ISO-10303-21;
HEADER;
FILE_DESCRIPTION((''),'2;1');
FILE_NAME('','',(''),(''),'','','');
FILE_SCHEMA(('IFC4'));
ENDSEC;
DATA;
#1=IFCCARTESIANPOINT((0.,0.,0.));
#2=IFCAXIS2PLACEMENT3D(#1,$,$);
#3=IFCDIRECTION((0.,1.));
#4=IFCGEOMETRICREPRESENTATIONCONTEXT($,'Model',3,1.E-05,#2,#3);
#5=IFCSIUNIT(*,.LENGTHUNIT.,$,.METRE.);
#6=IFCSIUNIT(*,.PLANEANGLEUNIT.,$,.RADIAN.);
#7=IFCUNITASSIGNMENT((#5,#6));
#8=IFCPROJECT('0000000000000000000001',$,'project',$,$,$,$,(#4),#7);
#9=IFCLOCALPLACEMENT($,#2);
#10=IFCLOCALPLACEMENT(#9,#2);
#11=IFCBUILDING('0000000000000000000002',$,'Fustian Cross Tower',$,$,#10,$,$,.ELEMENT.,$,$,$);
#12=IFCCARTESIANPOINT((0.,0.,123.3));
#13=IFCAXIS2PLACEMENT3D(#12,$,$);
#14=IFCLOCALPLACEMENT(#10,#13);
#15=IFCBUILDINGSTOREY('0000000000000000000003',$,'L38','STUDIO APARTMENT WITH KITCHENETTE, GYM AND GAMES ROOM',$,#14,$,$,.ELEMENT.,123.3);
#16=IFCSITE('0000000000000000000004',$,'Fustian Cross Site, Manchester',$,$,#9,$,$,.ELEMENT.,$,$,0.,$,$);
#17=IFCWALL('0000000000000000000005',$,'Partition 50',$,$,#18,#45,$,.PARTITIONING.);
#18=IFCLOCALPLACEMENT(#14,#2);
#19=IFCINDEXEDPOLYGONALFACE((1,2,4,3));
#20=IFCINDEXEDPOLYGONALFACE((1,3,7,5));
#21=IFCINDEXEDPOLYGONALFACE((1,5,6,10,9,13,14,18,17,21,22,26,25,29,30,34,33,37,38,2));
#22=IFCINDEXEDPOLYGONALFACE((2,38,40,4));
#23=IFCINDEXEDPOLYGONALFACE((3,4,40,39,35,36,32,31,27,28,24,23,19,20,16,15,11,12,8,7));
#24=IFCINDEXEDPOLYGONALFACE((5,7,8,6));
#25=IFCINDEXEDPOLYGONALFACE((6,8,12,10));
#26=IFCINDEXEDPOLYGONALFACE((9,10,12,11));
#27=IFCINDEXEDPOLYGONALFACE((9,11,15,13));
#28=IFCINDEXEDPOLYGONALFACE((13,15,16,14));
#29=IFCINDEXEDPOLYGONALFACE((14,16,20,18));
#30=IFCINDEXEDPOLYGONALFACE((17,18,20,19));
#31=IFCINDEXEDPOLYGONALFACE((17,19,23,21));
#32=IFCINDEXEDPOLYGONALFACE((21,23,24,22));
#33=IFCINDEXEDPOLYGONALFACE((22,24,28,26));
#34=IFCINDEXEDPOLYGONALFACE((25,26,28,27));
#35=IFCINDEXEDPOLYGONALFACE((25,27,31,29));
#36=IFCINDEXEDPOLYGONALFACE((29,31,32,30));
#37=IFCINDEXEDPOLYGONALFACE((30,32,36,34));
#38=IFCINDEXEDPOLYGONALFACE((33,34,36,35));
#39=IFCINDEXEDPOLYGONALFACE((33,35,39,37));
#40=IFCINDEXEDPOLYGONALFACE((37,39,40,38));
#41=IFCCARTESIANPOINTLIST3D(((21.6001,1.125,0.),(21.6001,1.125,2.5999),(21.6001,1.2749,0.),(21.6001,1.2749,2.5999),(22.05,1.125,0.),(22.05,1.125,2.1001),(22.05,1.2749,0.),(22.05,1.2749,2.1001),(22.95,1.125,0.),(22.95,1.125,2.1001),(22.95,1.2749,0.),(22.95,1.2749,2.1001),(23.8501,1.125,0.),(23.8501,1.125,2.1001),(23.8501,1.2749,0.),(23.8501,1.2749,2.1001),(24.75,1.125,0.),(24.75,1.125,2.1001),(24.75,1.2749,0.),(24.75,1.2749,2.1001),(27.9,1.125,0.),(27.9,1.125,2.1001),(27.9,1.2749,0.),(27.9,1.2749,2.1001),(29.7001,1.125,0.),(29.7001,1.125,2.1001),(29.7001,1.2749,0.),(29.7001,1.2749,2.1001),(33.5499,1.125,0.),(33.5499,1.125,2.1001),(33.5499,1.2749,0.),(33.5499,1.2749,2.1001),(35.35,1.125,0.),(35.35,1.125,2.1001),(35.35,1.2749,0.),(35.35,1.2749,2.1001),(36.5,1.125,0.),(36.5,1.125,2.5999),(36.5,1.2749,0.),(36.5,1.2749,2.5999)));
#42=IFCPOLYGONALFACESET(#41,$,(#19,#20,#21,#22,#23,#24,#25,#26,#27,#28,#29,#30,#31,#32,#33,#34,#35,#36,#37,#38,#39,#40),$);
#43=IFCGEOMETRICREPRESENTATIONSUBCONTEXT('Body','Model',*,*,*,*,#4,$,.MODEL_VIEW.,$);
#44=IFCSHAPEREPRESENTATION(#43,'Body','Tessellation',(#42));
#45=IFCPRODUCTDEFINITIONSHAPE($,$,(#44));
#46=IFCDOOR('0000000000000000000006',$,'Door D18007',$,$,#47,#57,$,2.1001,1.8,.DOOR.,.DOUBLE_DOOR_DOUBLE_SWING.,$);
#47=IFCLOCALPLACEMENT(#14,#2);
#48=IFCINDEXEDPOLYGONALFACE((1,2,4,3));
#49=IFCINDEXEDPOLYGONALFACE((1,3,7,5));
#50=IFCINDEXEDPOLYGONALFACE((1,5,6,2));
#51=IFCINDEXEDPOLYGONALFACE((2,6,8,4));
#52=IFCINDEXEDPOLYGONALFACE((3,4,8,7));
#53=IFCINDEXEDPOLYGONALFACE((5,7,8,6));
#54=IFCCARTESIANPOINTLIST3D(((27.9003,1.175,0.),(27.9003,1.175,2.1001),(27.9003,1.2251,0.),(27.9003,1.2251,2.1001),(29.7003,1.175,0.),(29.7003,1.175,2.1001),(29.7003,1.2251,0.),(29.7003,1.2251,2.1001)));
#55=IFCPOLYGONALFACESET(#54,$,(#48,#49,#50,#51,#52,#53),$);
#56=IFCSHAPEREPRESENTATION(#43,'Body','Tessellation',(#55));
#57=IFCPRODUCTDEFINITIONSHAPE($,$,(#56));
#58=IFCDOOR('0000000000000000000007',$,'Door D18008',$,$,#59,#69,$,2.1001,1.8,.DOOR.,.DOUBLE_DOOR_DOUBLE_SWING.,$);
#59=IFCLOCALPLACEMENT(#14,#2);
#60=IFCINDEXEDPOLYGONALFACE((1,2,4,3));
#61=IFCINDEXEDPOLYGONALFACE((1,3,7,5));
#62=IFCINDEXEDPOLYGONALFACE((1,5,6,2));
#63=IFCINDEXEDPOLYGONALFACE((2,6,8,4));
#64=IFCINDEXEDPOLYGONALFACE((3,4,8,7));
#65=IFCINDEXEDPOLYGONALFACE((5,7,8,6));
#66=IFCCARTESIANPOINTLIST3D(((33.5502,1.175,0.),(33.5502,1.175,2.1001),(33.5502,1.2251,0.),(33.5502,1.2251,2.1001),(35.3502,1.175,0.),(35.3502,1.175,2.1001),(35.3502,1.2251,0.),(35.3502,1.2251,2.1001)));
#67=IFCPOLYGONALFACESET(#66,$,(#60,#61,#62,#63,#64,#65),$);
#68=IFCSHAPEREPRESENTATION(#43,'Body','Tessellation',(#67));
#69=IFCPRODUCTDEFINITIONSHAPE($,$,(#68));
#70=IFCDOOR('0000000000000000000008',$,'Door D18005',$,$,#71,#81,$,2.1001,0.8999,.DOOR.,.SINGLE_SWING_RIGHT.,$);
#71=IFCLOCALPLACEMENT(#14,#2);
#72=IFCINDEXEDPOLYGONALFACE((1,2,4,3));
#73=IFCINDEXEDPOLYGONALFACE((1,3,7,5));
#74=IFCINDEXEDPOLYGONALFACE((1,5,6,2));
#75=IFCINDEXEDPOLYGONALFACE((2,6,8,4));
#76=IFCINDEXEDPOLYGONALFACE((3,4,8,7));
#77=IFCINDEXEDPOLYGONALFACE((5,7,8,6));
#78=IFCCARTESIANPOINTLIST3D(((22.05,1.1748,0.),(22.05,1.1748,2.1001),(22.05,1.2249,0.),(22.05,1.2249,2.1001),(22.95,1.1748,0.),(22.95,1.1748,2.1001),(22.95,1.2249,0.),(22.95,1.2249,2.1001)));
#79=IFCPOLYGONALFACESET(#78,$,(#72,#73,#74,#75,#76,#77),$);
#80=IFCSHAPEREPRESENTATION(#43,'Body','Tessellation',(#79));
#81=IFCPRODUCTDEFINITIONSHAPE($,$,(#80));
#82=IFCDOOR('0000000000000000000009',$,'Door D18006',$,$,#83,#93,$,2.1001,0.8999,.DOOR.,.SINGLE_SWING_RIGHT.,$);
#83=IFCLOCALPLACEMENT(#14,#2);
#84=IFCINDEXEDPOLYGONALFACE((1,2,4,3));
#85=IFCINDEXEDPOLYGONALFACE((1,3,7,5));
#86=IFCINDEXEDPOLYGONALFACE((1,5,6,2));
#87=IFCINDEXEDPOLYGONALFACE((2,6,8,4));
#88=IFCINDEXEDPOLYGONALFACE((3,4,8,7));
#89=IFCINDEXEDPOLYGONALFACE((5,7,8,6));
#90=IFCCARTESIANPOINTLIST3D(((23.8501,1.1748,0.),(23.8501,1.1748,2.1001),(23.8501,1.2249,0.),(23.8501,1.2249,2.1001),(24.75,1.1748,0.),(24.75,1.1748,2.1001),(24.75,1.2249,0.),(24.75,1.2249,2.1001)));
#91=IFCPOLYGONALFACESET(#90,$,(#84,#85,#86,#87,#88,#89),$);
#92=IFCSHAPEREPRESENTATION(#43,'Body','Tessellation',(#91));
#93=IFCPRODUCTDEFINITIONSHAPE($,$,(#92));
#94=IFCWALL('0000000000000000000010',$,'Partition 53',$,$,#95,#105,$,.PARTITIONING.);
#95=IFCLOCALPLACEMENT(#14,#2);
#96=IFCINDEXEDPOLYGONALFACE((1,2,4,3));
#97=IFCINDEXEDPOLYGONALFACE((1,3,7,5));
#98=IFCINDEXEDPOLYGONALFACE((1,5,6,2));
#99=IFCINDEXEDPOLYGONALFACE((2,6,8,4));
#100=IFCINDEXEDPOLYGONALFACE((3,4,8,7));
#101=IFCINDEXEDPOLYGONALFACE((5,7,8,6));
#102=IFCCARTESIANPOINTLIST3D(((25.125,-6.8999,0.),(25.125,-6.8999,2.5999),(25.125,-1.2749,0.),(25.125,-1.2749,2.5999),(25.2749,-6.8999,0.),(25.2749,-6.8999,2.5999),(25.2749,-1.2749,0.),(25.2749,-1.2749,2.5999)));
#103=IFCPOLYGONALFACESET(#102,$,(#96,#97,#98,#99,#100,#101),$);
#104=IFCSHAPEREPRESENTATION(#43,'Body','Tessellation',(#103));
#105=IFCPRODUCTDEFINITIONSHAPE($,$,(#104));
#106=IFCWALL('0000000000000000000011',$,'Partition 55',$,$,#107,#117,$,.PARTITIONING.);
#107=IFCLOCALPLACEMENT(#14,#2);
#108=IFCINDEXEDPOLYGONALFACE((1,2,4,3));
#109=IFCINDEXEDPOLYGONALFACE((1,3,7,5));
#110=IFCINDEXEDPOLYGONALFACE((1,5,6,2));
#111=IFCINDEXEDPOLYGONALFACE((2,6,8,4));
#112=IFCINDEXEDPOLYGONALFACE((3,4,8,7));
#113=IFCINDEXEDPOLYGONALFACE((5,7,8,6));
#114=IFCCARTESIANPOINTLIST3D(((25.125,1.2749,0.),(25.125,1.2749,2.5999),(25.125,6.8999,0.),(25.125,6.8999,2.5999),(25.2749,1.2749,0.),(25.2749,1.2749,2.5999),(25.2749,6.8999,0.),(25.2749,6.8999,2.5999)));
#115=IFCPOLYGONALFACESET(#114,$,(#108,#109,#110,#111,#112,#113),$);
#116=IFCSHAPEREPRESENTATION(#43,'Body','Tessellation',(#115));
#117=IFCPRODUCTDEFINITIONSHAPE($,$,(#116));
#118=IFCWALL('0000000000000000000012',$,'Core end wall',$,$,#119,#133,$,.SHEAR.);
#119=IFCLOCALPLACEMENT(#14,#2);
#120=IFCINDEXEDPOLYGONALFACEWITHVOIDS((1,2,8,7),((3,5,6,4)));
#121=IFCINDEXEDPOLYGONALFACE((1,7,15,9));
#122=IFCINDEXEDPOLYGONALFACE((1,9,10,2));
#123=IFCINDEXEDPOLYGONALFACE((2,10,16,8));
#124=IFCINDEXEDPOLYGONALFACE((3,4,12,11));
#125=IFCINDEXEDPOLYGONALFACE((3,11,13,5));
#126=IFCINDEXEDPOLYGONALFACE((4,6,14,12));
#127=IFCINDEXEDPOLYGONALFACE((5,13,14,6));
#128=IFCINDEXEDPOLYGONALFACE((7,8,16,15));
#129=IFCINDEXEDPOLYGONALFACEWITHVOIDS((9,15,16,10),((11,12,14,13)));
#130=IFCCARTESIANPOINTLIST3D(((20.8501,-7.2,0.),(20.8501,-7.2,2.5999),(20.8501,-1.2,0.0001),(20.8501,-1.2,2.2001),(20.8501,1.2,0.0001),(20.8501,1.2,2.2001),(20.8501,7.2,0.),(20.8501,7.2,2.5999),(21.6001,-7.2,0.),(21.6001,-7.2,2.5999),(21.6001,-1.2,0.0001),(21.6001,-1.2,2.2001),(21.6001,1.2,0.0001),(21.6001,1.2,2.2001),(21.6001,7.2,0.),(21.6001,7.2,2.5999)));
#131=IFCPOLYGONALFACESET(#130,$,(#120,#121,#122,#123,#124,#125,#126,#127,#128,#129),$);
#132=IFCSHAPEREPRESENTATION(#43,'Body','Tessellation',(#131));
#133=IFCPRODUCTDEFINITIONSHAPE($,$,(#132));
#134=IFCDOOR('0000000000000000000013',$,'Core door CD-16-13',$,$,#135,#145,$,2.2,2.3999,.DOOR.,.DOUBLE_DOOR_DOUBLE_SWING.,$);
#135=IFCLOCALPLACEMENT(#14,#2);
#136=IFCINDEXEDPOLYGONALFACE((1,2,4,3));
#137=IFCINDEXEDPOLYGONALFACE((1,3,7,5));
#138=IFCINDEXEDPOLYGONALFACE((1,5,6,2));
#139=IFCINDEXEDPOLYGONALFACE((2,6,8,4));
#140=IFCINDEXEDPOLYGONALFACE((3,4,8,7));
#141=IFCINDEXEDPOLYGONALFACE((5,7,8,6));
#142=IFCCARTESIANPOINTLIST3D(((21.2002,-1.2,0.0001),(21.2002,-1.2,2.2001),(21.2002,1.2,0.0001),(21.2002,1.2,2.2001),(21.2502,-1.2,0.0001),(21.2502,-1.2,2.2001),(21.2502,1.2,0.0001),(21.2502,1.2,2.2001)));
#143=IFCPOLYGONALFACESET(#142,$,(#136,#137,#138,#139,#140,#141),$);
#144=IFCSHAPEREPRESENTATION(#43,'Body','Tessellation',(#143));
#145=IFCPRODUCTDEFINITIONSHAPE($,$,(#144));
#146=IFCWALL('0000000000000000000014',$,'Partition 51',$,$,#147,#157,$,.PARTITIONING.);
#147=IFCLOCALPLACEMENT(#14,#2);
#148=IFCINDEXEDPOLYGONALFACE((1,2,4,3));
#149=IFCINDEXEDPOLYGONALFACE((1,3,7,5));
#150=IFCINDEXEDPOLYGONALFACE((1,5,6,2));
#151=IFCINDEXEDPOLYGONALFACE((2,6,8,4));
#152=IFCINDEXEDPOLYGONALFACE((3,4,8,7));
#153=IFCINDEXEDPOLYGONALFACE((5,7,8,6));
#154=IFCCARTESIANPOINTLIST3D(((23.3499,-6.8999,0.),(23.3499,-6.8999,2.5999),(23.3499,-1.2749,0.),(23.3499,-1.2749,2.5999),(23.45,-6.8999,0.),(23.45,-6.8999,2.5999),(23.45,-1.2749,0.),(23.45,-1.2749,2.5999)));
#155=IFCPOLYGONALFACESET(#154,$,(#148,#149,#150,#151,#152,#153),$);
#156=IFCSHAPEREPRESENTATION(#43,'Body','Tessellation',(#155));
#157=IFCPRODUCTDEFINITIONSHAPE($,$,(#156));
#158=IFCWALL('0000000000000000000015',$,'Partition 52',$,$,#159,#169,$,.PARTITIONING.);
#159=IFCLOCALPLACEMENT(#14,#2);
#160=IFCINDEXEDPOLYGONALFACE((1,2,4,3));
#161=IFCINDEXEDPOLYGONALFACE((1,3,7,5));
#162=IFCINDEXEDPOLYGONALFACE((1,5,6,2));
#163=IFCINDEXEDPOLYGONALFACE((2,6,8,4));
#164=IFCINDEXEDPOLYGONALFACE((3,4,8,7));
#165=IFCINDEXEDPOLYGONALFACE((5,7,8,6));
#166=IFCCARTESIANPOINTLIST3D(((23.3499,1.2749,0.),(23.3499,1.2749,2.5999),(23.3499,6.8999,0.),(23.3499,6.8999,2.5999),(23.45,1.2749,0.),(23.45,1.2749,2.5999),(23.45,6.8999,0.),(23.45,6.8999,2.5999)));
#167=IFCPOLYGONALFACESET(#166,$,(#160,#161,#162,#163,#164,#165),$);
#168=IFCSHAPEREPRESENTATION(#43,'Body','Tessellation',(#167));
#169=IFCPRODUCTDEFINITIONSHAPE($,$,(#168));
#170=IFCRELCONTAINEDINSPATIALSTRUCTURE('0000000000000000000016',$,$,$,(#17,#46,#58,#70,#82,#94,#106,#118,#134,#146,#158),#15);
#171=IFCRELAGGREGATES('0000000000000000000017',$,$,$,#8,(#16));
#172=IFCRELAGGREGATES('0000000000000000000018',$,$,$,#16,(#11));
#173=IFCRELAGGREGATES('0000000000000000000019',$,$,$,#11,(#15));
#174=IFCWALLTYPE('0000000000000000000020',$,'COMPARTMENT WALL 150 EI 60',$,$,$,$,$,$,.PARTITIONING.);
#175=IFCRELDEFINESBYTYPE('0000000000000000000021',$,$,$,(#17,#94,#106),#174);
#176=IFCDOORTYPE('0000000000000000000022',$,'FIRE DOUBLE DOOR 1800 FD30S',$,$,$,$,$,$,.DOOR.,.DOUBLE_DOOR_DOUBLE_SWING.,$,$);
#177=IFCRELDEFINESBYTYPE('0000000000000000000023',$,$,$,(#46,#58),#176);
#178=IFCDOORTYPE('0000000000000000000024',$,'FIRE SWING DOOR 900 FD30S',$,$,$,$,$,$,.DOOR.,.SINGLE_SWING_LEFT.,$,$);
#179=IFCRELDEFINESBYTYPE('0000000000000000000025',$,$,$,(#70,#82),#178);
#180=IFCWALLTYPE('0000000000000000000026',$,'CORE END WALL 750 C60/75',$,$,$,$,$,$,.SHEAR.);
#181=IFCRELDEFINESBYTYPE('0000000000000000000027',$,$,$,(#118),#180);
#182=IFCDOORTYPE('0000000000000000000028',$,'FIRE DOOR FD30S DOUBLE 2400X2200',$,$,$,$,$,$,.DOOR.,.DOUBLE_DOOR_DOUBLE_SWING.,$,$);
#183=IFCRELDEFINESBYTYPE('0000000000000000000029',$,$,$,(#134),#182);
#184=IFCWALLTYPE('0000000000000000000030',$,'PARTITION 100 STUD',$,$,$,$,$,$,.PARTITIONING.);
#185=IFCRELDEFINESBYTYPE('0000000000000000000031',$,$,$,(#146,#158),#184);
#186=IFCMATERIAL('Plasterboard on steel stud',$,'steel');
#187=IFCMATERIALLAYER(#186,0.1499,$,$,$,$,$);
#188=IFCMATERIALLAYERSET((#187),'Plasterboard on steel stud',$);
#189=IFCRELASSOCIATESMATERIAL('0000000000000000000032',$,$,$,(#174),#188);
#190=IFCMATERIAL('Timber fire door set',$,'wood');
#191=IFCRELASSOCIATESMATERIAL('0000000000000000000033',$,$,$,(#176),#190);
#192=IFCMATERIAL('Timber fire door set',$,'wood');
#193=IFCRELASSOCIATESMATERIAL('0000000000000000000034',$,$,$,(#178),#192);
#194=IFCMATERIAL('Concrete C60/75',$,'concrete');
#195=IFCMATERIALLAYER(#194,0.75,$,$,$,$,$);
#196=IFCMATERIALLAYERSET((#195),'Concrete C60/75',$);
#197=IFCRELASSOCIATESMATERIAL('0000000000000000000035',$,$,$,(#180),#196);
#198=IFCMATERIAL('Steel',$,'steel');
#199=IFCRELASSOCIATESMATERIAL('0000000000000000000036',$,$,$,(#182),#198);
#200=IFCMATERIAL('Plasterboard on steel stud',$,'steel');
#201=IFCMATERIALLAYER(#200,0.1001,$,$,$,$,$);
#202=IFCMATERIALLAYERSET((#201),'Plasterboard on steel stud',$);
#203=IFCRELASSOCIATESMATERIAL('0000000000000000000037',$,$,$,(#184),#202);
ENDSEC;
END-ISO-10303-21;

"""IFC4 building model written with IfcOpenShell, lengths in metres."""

from ifc_helpers import new_model, si_unit, direction, frame, frame_2d, origin, place, context, subcontext, project, spatial, rectangle, extrude, material, layer, layer_set, type_object, element, fill, save


model = new_model("IFC4")

# Units and contexts
model_context = context("Model", 3, precision=1e-05, world=origin(), true_north=direction((0.0, 1.0)))
body_context = subcontext(model_context, "Body", "Model", "MODEL_VIEW")
ifc_project = project(units=[si_unit("LENGTHUNIT", "METRE"), si_unit("PLANEANGLEUNIT", "RADIAN")], contexts=[model_context])

# Site, building, storey
site_placement = place(None, origin())
site = spatial("IfcSite", under=ifc_project, at=site_placement, Name="Fustian Cross Site, Manchester", CompositionType="ELEMENT", RefElevation=0.0)
building_placement = place(site_placement, origin())
building = spatial("IfcBuilding", under=site, at=building_placement, Name="Fustian Cross Tower", CompositionType="ELEMENT")
storey_placement = place(building_placement, frame((0.0, 0.0, 123.3)))
storey = spatial("IfcBuildingStorey", under=building, at=storey_placement, Name="L38", Description="STUDIO APARTMENT WITH KITCHENETTE, GYM AND GAMES ROOM", CompositionType="ELEMENT", Elevation=123.3)

# Wall, openings, doors
ifc_material_1 = material(Name="Plasterboard on steel stud", Category="steel")
ifc_layer_1 = layer(ifc_material_1, 0.1499)
ifc_layer_set_1 = layer_set([ifc_layer_1], Name="Plasterboard on steel stud")
wall_type_1 = type_object("IfcWallType", Name="COMPARTMENT WALL 150 EI 60", PredefinedType="PARTITIONING", material=ifc_layer_set_1)
ifc_material_2 = material(Name="Timber fire door set", Category="wood")
door_type_1 = type_object("IfcDoorType", Name="FIRE DOUBLE DOOR 1800 FD30S", OperationType="DOUBLE_DOOR_DOUBLE_SWING", PredefinedType="DOOR", material=ifc_material_2)
ifc_material_3 = material(Name="Timber fire door set", Category="wood")
door_type_2 = type_object("IfcDoorType", Name="FIRE SWING DOOR 900 FD30S", OperationType="SINGLE_SWING_LEFT", PredefinedType="DOOR", material=ifc_material_3)
wall_1_placement = place(storey_placement, frame((21.6001, 1.2, 0.0), z_axis=(0.0, 0.0, 1.0), x_axis=(1.0, 0.0, 0.0)))
wall_1 = element("IfcWall", 1, at=wall_1_placement, inside=storey, type_object=wall_type_1, Name="Partition 50", PredefinedType="PARTITIONING", context=body_context, shape_type="SweptSolid", body=[
    extrude(rectangle(XDim=14.8999, YDim=0.1499, at=frame_2d((7.45, 0.0))), origin(), (0.0, 0.0, 1.0), 2.5999),
])
opening_1_placement = place(wall_1_placement, frame((0.45, 0.0, 0.0)))
opening_1 = element("IfcOpeningElement", 2, at=opening_1_placement, cuts=wall_1, PredefinedType="OPENING", context=body_context, shape_type="SweptSolid", body=[
    extrude(rectangle(XDim=0.8999, YDim=2.1001, at=frame_2d((0.45, 1.05))), frame((0.0, 0.085, 0.0), z_axis=(0.0, -1.0, 0.0), x_axis=(1.0, 0.0, 0.0)), (0.0, 0.0, 1.0), 0.1699),
])
opening_2_placement = place(wall_1_placement, frame((2.25, 0.0, 0.0)))
opening_2 = element("IfcOpeningElement", 3, at=opening_2_placement, cuts=wall_1, PredefinedType="OPENING", context=body_context, shape_type="SweptSolid", body=[
    extrude(rectangle(XDim=0.8999, YDim=2.1001, at=frame_2d((0.45, 1.05))), frame((0.0, 0.085, 0.0), z_axis=(0.0, -1.0, 0.0), x_axis=(1.0, 0.0, 0.0)), (0.0, 0.0, 1.0), 0.1699),
])
opening_3_placement = place(wall_1_placement, frame((6.3, 0.0, 0.0)))
opening_3 = element("IfcOpeningElement", 4, at=opening_3_placement, cuts=wall_1, PredefinedType="OPENING", context=body_context, shape_type="SweptSolid", body=[
    extrude(rectangle(XDim=1.8, YDim=2.1001, at=frame_2d((0.8999, 1.05))), frame((0.0, 0.085, 0.0), z_axis=(0.0, -1.0, 0.0), x_axis=(1.0, 0.0, 0.0)), (0.0, 0.0, 1.0), 0.1699),
])
opening_4_placement = place(wall_1_placement, frame((11.95, 0.0, 0.0)))
opening_4 = element("IfcOpeningElement", 5, at=opening_4_placement, cuts=wall_1, PredefinedType="OPENING", context=body_context, shape_type="SweptSolid", body=[
    extrude(rectangle(XDim=1.8, YDim=2.1001, at=frame_2d((0.8999, 1.05))), frame((0.0, 0.085, 0.0), z_axis=(0.0, -1.0, 0.0), x_axis=(1.0, 0.0, 0.0)), (0.0, 0.0, 1.0), 0.1699),
])
door_1_placement = place(opening_3_placement, frame((1.8, 0.0, 0.0), z_axis=(0.0, 0.0, 1.0), x_axis=(-1.0, 0.0, 0.0)))
door_1 = element("IfcDoor", 6, at=door_1_placement, inside=storey, type_object=door_type_1, Name="Door D18007", OperationType="DOUBLE_DOOR_DOUBLE_SWING", OverallHeight=2.1001, OverallWidth=1.8, PredefinedType="DOOR", context=body_context, shape_type="SweptSolid", body=[
    extrude(rectangle(XDim=1.8, YDim=2.1001, at=frame_2d((0.8999, 1.05))), frame((0.0, 0.0249, 0.0), z_axis=(0.0, -1.0, 0.0), x_axis=(1.0, 0.0, 0.0)), (0.0, 0.0, 1.0), 0.05),
])
fill(opening_3, door_1)
door_2_placement = place(opening_4_placement, frame((1.8, 0.0, 0.0), z_axis=(0.0, 0.0, 1.0), x_axis=(-1.0, 0.0, 0.0)))
door_2 = element("IfcDoor", 7, at=door_2_placement, inside=storey, type_object=door_type_1, Name="Door D18008", OperationType="DOUBLE_DOOR_DOUBLE_SWING", OverallHeight=2.1001, OverallWidth=1.8, PredefinedType="DOOR", context=body_context, shape_type="SweptSolid", body=[
    extrude(rectangle(XDim=1.8, YDim=2.1001, at=frame_2d((0.8999, 1.05))), frame((0.0, 0.0249, 0.0), z_axis=(0.0, -1.0, 0.0), x_axis=(1.0, 0.0, 0.0)), (0.0, 0.0, 1.0), 0.05),
])
fill(opening_4, door_2)
door_3_placement = place(opening_1_placement, origin())
door_3 = element("IfcDoor", 8, at=door_3_placement, inside=storey, type_object=door_type_2, Name="Door D18005", OperationType="SINGLE_SWING_RIGHT", OverallHeight=2.1001, OverallWidth=0.8999, PredefinedType="DOOR", context=body_context, shape_type="SweptSolid", body=[
    extrude(rectangle(XDim=0.8999, YDim=2.1001, at=frame_2d((0.45, 1.05))), frame((0.0, 0.0249, 0.0), z_axis=(0.0, -1.0, 0.0), x_axis=(1.0, 0.0, 0.0)), (0.0, 0.0, 1.0), 0.05),
])
fill(opening_1, door_3)
door_4_placement = place(opening_2_placement, origin())
door_4 = element("IfcDoor", 9, at=door_4_placement, inside=storey, type_object=door_type_2, Name="Door D18006", OperationType="SINGLE_SWING_RIGHT", OverallHeight=2.1001, OverallWidth=0.8999, PredefinedType="DOOR", context=body_context, shape_type="SweptSolid", body=[
    extrude(rectangle(XDim=0.8999, YDim=2.1001, at=frame_2d((0.45, 1.05))), frame((0.0, 0.0249, 0.0), z_axis=(0.0, -1.0, 0.0), x_axis=(1.0, 0.0, 0.0)), (0.0, 0.0, 1.0), 0.05),
])
fill(opening_2, door_4)

# Walls
for number, where, z_axis, x_axis, name in (
    (10, (25.2, -6.8999, 0.0), (0.0, 0.0, 1.0), (0.0, 1.0, 0.0), "Partition 53"),
    (11, (25.2, 1.2749, 0.0), (0.0, 0.0, 1.0), (0.0, 1.0, 0.0), "Partition 55"),
):
    element("IfcWall", number, at=place(storey_placement, frame(where, z_axis=z_axis, x_axis=x_axis)), inside=storey, type_object=wall_type_1, Name=name, PredefinedType="PARTITIONING", context=body_context, shape_type="SweptSolid", body=[
        extrude(rectangle(XDim=5.625, YDim=0.1499, at=frame_2d((2.8125, 0.0))), origin(), (0.0, 0.0, 1.0), 2.5999),
    ])

# Wall, opening, door
ifc_material_4 = material(Name="Concrete C60/75", Category="concrete")
ifc_layer_2 = layer(ifc_material_4, 0.75)
ifc_layer_set_2 = layer_set([ifc_layer_2], Name="Concrete C60/75")
wall_type_2 = type_object("IfcWallType", Name="CORE END WALL 750 C60/75", PredefinedType="SHEAR", material=ifc_layer_set_2)
wall_2_placement = place(storey_placement, frame((21.2251, -7.2, 0.0), z_axis=(0.0, 0.0, 1.0), x_axis=(0.0, 1.0, 0.0)))
wall_2 = element("IfcWall", 12, at=wall_2_placement, inside=storey, type_object=wall_type_2, Name="Core end wall", PredefinedType="SHEAR", context=body_context, shape_type="SweptSolid", body=[
    extrude(rectangle(XDim=14.3999, YDim=0.75, at=frame_2d((7.2, 0.0))), origin(), (0.0, 0.0, 1.0), 2.5999),
])
opening_5_placement = place(wall_2_placement, frame((6.0, 0.0, 0.0)))
opening_5 = element("IfcOpeningElement", 13, at=opening_5_placement, cuts=wall_2, PredefinedType="OPENING", context=body_context, shape_type="SweptSolid", body=[
    extrude(rectangle(XDim=2.3999, YDim=2.2, at=frame_2d((1.2, 1.1001))), frame((0.0, 0.385, 0.0), z_axis=(0.0, -1.0, 0.0), x_axis=(1.0, 0.0, 0.0)), (0.0, 0.0, 1.0), 0.77),
])
ifc_material_5 = material(Name="Steel", Category="steel")
door_type_3 = type_object("IfcDoorType", Name="FIRE DOOR FD30S DOUBLE 2400X2200", OperationType="DOUBLE_DOOR_DOUBLE_SWING", PredefinedType="DOOR", material=ifc_material_5)
door_5_placement = place(opening_5_placement, origin())
door_5 = element("IfcDoor", 14, at=door_5_placement, inside=storey, type_object=door_type_3, Name="Core door CD-16-13", OperationType="DOUBLE_DOOR_DOUBLE_SWING", OverallHeight=2.2, OverallWidth=2.3999, PredefinedType="DOOR", context=body_context, shape_type="SweptSolid", body=[
    extrude(rectangle(XDim=2.3999, YDim=2.2, at=frame_2d((1.2, 1.1001))), frame((0.0, 0.0249, 0.0), z_axis=(0.0, -1.0, 0.0), x_axis=(1.0, 0.0, 0.0)), (0.0, 0.0, 1.0), 0.05),
])
fill(opening_5, door_5)

# Walls
ifc_material_6 = material(Name="Plasterboard on steel stud", Category="steel")
ifc_layer_3 = layer(ifc_material_6, 0.1001)
ifc_layer_set_3 = layer_set([ifc_layer_3], Name="Plasterboard on steel stud")
wall_type_3 = type_object("IfcWallType", Name="PARTITION 100 STUD", PredefinedType="PARTITIONING", material=ifc_layer_set_3)
for number, where, z_axis, x_axis, name in (
    (15, (23.3999, -6.8999, 0.0), (0.0, 0.0, 1.0), (0.0, 1.0, 0.0), "Partition 51"),
    (16, (23.3999, 1.2749, 0.0), (0.0, 0.0, 1.0), (0.0, 1.0, 0.0), "Partition 52"),
):
    element("IfcWall", number, at=place(storey_placement, frame(where, z_axis=z_axis, x_axis=x_axis)), inside=storey, type_object=wall_type_3, Name=name, PredefinedType="PARTITIONING", context=body_context, shape_type="SweptSolid", body=[
        extrude(rectangle(XDim=5.625, YDim=0.1001, at=frame_2d((2.8125, 0.0))), origin(), (0.0, 0.0, 1.0), 2.5999),
    ])

save(model, "model.ifc")
